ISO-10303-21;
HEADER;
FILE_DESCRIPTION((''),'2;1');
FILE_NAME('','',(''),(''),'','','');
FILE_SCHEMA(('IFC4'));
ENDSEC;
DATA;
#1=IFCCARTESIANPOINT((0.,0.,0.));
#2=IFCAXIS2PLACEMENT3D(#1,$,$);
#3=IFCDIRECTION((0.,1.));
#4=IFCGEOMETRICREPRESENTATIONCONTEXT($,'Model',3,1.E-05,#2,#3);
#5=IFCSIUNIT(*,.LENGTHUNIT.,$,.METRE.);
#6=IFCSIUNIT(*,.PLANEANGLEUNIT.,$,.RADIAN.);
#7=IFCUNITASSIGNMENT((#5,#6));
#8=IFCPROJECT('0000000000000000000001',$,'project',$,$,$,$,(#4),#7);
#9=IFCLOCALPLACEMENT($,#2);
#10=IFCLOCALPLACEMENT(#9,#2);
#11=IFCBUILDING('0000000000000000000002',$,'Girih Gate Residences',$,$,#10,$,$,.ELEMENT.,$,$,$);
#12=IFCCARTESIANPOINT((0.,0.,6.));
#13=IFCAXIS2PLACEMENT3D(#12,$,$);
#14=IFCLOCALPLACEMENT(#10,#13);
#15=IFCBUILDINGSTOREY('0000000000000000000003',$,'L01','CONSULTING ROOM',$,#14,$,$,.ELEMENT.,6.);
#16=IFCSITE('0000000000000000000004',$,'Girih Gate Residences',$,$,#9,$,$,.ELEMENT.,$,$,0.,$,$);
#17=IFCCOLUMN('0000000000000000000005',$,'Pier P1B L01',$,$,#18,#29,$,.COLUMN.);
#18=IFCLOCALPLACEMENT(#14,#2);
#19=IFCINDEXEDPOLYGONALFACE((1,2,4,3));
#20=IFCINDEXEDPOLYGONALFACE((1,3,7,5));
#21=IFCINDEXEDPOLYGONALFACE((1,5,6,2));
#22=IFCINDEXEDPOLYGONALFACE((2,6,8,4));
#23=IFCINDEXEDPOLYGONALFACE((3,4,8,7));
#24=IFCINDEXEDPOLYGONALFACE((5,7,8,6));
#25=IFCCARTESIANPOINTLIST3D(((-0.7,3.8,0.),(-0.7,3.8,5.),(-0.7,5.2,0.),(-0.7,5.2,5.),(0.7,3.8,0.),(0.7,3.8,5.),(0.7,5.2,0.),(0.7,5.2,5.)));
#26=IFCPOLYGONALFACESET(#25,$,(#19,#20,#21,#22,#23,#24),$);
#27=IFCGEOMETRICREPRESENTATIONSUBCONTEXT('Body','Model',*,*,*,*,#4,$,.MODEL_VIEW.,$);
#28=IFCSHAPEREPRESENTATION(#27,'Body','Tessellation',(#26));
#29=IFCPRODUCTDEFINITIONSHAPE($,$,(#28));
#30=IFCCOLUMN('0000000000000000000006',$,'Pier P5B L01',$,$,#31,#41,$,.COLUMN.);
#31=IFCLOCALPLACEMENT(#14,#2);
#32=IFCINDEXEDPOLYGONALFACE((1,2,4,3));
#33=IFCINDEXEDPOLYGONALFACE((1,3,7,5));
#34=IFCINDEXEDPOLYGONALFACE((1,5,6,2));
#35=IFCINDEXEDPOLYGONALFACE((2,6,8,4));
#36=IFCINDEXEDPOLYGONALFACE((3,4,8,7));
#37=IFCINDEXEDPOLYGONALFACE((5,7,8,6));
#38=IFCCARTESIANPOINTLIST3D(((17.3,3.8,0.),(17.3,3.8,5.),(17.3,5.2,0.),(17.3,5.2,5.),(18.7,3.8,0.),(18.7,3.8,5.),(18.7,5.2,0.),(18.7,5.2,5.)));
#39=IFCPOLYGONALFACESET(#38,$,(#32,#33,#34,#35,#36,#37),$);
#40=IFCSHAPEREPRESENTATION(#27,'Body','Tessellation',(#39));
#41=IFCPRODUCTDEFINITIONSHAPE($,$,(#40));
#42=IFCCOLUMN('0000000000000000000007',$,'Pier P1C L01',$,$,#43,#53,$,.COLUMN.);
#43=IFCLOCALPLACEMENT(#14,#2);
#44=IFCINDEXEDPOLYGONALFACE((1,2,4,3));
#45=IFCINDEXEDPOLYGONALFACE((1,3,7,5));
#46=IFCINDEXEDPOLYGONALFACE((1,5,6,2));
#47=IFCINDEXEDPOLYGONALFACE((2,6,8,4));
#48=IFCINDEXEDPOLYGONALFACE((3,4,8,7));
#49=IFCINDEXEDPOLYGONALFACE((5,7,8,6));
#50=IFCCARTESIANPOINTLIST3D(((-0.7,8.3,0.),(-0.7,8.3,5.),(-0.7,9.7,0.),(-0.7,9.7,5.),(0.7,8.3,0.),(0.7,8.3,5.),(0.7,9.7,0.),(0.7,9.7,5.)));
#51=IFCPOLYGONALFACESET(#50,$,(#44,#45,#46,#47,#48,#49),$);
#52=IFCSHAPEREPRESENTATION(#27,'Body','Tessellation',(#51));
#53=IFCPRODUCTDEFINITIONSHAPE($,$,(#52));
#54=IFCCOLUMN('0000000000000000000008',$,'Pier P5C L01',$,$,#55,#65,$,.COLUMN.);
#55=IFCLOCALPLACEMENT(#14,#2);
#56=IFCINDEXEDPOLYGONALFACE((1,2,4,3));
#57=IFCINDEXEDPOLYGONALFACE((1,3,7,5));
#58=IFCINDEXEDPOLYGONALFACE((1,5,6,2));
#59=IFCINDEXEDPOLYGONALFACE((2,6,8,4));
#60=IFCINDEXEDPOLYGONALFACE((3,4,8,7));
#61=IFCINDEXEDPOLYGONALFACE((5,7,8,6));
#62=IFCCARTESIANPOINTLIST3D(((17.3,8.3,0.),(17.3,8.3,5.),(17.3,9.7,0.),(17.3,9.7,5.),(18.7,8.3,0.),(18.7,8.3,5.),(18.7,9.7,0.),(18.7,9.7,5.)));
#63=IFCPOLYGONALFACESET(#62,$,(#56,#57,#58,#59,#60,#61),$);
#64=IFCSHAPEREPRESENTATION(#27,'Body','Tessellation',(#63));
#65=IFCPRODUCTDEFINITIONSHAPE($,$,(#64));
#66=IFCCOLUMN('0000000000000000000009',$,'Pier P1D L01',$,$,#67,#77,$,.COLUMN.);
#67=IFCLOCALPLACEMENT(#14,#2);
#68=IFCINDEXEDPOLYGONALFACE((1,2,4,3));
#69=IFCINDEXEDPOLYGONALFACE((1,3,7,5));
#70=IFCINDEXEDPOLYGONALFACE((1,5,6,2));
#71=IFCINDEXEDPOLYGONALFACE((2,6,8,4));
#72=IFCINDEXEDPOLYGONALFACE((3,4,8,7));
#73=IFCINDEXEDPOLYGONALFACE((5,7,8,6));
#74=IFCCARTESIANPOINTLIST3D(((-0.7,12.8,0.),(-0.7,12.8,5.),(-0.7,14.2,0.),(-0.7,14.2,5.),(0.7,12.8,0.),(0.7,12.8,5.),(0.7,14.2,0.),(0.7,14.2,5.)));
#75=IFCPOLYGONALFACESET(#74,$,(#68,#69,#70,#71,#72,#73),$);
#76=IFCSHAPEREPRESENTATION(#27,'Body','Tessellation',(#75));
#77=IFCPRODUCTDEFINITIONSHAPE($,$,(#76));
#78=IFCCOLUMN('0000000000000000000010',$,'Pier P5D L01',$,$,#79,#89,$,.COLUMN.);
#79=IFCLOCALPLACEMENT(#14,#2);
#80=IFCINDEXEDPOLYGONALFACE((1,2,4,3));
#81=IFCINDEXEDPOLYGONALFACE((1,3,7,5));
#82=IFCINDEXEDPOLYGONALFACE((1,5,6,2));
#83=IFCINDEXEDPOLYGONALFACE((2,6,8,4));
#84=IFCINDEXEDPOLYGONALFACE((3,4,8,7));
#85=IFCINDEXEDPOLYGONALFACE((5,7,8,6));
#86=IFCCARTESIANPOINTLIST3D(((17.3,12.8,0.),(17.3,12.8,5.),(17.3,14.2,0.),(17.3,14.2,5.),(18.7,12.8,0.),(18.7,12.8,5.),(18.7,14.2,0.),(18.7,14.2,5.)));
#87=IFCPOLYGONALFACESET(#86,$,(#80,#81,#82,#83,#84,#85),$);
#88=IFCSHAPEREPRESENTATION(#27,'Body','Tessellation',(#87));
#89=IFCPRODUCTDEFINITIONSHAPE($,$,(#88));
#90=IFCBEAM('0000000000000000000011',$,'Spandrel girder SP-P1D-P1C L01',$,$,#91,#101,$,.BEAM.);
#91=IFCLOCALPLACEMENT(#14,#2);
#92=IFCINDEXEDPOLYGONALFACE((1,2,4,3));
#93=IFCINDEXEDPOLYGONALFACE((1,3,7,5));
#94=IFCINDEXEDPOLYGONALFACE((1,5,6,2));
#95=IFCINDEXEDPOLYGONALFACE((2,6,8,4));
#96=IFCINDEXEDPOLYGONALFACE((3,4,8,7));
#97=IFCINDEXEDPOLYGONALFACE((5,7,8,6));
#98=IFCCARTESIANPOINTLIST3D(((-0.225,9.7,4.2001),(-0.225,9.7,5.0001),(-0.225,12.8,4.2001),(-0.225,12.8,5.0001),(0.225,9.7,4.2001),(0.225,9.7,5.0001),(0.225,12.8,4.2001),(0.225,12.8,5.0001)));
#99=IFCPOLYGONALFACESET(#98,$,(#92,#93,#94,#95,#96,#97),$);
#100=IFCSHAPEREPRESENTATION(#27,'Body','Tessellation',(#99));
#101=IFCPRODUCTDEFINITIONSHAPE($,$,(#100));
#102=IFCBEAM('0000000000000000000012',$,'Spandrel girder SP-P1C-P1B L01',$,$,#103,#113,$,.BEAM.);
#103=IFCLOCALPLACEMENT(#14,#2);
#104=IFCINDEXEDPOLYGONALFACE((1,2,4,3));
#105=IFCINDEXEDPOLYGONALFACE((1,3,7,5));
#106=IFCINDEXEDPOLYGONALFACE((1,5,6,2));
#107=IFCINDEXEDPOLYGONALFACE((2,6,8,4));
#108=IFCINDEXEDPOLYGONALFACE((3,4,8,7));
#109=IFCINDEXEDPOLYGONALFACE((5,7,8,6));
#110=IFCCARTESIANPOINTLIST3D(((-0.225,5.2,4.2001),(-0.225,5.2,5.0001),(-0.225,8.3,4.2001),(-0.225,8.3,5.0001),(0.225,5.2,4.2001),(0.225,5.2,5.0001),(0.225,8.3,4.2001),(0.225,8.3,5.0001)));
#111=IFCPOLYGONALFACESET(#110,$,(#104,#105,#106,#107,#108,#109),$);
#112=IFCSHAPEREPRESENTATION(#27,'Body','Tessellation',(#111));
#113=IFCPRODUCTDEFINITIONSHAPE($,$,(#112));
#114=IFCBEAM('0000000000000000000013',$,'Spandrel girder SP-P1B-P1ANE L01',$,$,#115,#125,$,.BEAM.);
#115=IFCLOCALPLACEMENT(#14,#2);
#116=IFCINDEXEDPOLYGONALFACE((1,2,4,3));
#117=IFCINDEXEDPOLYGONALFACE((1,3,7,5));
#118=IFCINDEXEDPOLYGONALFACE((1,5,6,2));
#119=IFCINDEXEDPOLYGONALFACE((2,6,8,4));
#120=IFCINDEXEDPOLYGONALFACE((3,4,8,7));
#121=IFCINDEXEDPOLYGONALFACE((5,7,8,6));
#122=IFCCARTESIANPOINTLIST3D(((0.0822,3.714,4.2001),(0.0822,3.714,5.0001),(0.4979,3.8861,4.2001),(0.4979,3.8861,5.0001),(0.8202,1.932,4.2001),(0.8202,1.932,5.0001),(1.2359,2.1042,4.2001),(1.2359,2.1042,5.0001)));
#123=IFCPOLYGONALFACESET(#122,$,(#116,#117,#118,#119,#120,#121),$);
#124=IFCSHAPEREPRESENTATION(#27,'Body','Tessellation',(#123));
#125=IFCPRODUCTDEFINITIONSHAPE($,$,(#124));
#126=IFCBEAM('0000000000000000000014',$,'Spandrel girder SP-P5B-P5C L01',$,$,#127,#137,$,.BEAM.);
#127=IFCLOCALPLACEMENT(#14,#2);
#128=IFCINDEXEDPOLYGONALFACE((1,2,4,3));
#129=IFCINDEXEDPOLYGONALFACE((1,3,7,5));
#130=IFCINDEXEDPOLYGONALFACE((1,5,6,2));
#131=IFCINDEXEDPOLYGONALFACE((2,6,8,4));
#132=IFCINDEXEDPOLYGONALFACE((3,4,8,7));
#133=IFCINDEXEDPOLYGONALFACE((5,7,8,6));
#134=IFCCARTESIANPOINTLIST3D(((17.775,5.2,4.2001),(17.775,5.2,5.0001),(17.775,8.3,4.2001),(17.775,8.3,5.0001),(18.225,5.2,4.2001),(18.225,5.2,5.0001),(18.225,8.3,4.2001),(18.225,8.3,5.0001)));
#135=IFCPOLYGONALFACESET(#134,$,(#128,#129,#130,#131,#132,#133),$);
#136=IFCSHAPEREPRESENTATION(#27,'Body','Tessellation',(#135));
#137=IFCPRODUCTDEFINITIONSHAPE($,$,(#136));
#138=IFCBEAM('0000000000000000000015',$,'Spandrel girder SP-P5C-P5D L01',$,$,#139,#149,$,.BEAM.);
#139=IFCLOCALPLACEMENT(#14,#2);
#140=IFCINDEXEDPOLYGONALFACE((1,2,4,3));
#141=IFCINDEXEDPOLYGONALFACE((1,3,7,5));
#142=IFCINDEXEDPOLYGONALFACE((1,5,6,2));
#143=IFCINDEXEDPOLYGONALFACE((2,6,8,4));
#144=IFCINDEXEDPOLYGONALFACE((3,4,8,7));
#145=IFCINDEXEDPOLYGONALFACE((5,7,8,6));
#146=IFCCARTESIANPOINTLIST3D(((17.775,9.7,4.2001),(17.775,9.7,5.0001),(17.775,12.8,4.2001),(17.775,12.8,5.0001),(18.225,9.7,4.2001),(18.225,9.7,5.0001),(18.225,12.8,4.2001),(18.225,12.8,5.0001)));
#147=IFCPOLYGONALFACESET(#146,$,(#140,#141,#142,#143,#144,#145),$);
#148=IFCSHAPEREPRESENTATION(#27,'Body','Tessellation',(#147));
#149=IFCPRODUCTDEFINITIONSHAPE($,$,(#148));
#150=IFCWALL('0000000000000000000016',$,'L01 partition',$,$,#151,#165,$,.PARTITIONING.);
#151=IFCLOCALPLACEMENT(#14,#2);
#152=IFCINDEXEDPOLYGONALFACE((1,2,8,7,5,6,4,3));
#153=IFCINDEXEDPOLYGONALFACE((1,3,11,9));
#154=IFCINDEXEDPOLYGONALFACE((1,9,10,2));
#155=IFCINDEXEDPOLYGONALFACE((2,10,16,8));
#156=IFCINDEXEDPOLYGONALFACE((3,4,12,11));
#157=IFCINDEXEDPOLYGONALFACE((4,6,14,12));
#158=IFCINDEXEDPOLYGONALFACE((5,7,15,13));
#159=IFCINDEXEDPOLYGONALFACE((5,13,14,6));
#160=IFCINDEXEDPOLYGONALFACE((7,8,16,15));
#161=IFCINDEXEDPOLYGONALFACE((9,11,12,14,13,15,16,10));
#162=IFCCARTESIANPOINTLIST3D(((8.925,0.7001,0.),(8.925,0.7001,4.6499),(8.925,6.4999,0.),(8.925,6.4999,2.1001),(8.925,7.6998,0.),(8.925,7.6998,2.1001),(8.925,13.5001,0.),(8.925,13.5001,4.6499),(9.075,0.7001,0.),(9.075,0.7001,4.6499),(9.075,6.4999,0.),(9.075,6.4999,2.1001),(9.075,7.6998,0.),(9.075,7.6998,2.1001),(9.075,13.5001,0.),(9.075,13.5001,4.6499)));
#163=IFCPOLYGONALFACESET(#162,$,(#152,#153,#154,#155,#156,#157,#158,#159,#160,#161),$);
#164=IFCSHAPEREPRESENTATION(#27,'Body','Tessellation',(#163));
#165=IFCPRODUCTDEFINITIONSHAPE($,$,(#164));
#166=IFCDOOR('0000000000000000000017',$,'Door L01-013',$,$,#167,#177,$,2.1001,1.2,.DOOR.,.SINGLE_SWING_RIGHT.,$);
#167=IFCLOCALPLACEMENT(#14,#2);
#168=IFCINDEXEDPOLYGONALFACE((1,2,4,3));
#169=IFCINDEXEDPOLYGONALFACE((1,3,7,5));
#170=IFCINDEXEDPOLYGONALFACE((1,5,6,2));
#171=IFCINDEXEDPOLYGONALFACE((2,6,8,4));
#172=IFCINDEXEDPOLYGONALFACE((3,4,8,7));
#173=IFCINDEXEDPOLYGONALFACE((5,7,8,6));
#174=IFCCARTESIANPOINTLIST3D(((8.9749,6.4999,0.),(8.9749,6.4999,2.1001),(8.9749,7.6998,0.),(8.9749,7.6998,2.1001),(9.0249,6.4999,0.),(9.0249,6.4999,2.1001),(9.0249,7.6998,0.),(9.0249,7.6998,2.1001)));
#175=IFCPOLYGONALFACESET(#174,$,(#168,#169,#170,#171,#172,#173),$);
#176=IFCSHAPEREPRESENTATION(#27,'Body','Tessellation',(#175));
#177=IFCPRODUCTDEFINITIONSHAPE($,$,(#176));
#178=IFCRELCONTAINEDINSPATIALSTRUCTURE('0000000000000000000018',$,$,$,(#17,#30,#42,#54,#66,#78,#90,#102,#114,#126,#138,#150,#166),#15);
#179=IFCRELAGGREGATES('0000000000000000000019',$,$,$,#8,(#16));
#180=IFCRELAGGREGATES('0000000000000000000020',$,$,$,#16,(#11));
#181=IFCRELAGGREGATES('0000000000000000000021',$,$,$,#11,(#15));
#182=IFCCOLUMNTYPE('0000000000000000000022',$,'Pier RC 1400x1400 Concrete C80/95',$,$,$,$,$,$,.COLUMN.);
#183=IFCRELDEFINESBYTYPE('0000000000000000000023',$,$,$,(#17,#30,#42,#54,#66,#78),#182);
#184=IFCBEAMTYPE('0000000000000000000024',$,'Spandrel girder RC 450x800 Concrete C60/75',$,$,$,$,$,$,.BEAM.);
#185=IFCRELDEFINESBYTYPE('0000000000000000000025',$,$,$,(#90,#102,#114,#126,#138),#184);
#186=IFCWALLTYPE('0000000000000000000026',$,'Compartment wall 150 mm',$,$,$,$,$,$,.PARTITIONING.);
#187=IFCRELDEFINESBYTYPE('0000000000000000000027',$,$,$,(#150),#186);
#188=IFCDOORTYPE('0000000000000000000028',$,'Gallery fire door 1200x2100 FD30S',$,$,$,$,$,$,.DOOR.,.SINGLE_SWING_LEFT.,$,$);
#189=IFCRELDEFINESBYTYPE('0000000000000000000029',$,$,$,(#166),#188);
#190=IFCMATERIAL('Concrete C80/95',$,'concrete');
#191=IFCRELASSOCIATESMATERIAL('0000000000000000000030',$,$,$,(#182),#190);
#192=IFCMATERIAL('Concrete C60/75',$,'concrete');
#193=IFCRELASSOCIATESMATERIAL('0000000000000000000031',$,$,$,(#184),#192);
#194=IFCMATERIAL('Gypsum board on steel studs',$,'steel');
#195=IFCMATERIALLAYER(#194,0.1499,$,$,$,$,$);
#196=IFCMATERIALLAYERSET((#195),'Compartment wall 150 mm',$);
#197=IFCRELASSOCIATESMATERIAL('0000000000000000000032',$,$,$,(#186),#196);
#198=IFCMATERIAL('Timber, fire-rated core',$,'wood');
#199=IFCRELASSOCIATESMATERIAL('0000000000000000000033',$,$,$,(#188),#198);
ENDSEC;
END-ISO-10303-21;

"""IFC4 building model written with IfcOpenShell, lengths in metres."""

from ifc_helpers import new_model, si_unit, direction, frame, frame_2d, origin, origin_2d, place, context, subcontext, project, spatial, rectangle, extrude, material, layer, layer_set, material_profile, profile_set, type_object, element, fill, save


model = new_model("IFC4")

# Units and contexts
model_context = context("Model", 3, precision=1e-05, world=origin(), true_north=direction((0.0, 1.0)))
body_context = subcontext(model_context, "Body", "Model", "MODEL_VIEW")
ifc_project = project(units=[si_unit("LENGTHUNIT", "METRE"), si_unit("PLANEANGLEUNIT", "RADIAN")], contexts=[model_context])

# Site, building, storey
site_placement = place(None, origin())
site = spatial("IfcSite", under=ifc_project, at=site_placement, Name="Girih Gate Residences", CompositionType="ELEMENT", RefElevation=0.0)
building_placement = place(site_placement, origin())
building = spatial("IfcBuilding", under=site, at=building_placement, Name="Girih Gate Residences", CompositionType="ELEMENT")
storey_placement = place(building_placement, frame((0.0, 0.0, 6.0)))
storey = spatial("IfcBuildingStorey", under=building, at=storey_placement, Name="L01", Description="CONSULTING ROOM", CompositionType="ELEMENT", Elevation=6.0)

# Columns
ifc_material_1 = material(Name="Concrete C80/95", Category="concrete")
ifc_material_profile_1 = material_profile(ifc_material_1, rectangle(XDim=1.3999, YDim=1.3999, at=origin_2d()))
ifc_profile_set_1 = profile_set([ifc_material_profile_1], Name="Concrete C80/95")
column_type = type_object("IfcColumnType", Name="Pier RC 1400x1400 Concrete C80/95", PredefinedType="COLUMN", material=ifc_profile_set_1)
for number, where, z_axis, x_axis, name in (
    (1, (0.0, 4.5, 0.0), (0.0, 0.0, 1.0), (1.0, 0.0, 0.0), "Pier P1B L01"),
    (2, (18.0, 4.5, 0.0), (0.0, 0.0, 1.0), (1.0, 0.0, 0.0), "Pier P5B L01"),
    (3, (0.0, 9.0, 0.0), (0.0, 0.0, 1.0), (1.0, 0.0, 0.0), "Pier P1C L01"),
    (4, (18.0, 9.0, 0.0), (0.0, 0.0, 1.0), (1.0, 0.0, 0.0), "Pier P5C L01"),
    (5, (0.0, 13.5, 0.0), (0.0, 0.0, 1.0), (1.0, 0.0, 0.0), "Pier P1D L01"),
    (6, (18.0, 13.5, 0.0), (0.0, 0.0, 1.0), (1.0, 0.0, 0.0), "Pier P5D L01"),
):
    element("IfcColumn", number, at=place(storey_placement, frame(where, z_axis=z_axis, x_axis=x_axis)), inside=storey, type_object=column_type, Name=name, PredefinedType="COLUMN", context=body_context, shape_type="SweptSolid", body=[
        extrude(rectangle(XDim=1.3999, YDim=1.3999, at=origin_2d()), origin(), (0.0, 0.0, 1.0), 5.0),
    ])

# Beams
ifc_material_2 = material(Name="Concrete C60/75", Category="concrete")
ifc_material_profile_2 = material_profile(ifc_material_2, rectangle(XDim=0.45, YDim=0.8, at=origin_2d()))
ifc_profile_set_2 = profile_set([ifc_material_profile_2], Name="Concrete C60/75")
beam_type = type_object("IfcBeamType", Name="Spandrel girder RC 450x800 Concrete C60/75", PredefinedType="BEAM", material=ifc_profile_set_2)
for number, where, z_axis, x_axis, name in (
    (7, (0.0, 12.8, 4.6001), (0.0, -1.0, 0.0), (1.0, 0.0, 0.0), "Spandrel girder SP-P1D-P1C L01"),
    (8, (0.0, 8.3, 4.6001), (0.0, -1.0, 0.0), (1.0, 0.0, 0.0), "Spandrel girder SP-P1C-P1B L01"),
):
    element("IfcBeam", number, at=place(storey_placement, frame(where, z_axis=z_axis, x_axis=x_axis)), inside=storey, type_object=beam_type, Name=name, PredefinedType="BEAM", context=body_context, shape_type="SweptSolid", body=[
        extrude(rectangle(XDim=0.45, YDim=0.8, at=origin_2d()), origin(), (0.0, 0.0, 1.0), 3.1001),
    ])
beam_placement = place(storey_placement, frame((0.29, 3.8, 4.6001), z_axis=(0.382646, -0.923895, 0.0), x_axis=(0.923895, 0.382646, 0.0)))
element("IfcBeam", 9, at=beam_placement, inside=storey, type_object=beam_type, Name="Spandrel girder SP-P1B-P1ANE L01", PredefinedType="BEAM", context=body_context, shape_type="SweptSolid", body=[
    extrude(rectangle(XDim=0.45, YDim=0.8, at=origin_2d()), origin(), (0.0, 0.0, 1.0), 1.9287),
])
for number, where, z_axis, x_axis, name in (
    (10, (18.0, 5.2, 4.6001), (0.0, 1.0, 0.0), (-1.0, 0.0, 0.0), "Spandrel girder SP-P5B-P5C L01"),
    (11, (18.0, 9.7, 4.6001), (0.0, 1.0, 0.0), (-1.0, 0.0, 0.0), "Spandrel girder SP-P5C-P5D L01"),
):
    element("IfcBeam", number, at=place(storey_placement, frame(where, z_axis=z_axis, x_axis=x_axis)), inside=storey, type_object=beam_type, Name=name, PredefinedType="BEAM", context=body_context, shape_type="SweptSolid", body=[
        extrude(rectangle(XDim=0.45, YDim=0.8, at=origin_2d()), origin(), (0.0, 0.0, 1.0), 3.1001),
    ])

# Wall, opening, door
ifc_material_3 = material(Name="Gypsum board on steel studs", Category="steel")
ifc_layer_1 = layer(ifc_material_3, 0.1499)
ifc_layer_set_1 = layer_set([ifc_layer_1], Name="Compartment wall 150 mm")
wall_type_1 = type_object("IfcWallType", Name="Compartment wall 150 mm", PredefinedType="PARTITIONING", material=ifc_layer_set_1)
wall_1_placement = place(storey_placement, frame((9.0, 13.5, 0.0), z_axis=(0.0, 0.0, 1.0), x_axis=(0.0, -1.0, 0.0)))
wall_1 = element("IfcWall", 12, at=wall_1_placement, inside=storey, type_object=wall_type_1, Name="L01 partition", PredefinedType="PARTITIONING", context=body_context, shape_type="SweptSolid", body=[
    extrude(rectangle(XDim=12.8, YDim=0.1499, at=frame_2d((6.3999, 0.0))), origin(), (0.0, 0.0, 1.0), 4.6499),
])
opening_1_placement = place(wall_1_placement, frame((5.8, 0.0, 0.0)))
opening_1 = element("IfcOpeningElement", 13, at=opening_1_placement, cuts=wall_1, PredefinedType="OPENING", context=body_context, shape_type="SweptSolid", body=[
    extrude(rectangle(XDim=1.2, YDim=2.1001, at=frame_2d((0.6001, 1.05))), frame((0.0, 0.085, 0.0), z_axis=(0.0, -1.0, 0.0), x_axis=(1.0, 0.0, 0.0)), (0.0, 0.0, 1.0), 0.1699),
])
ifc_material_4 = material(Name="Timber, fire-rated core", Category="wood")
door_type_1 = type_object("IfcDoorType", Name="Gallery fire door 1200x2100 FD30S", OperationType="SINGLE_SWING_LEFT", PredefinedType="DOOR", material=ifc_material_4)
door_1_placement = place(opening_1_placement, origin())
door_1 = element("IfcDoor", 14, at=door_1_placement, inside=storey, type_object=door_type_1, Name="Door L01-013", OperationType="SINGLE_SWING_RIGHT", OverallHeight=2.1001, OverallWidth=1.2, PredefinedType="DOOR", context=body_context, shape_type="SweptSolid", body=[
    extrude(rectangle(XDim=1.2, YDim=2.1001, at=frame_2d((0.6001, 1.05))), frame((0.0, 0.0249, 0.0), z_axis=(0.0, -1.0, 0.0), x_axis=(1.0, 0.0, 0.0)), (0.0, 0.0, 1.0), 0.05),
])
fill(opening_1, door_1)

save(model, "model.ifc")
